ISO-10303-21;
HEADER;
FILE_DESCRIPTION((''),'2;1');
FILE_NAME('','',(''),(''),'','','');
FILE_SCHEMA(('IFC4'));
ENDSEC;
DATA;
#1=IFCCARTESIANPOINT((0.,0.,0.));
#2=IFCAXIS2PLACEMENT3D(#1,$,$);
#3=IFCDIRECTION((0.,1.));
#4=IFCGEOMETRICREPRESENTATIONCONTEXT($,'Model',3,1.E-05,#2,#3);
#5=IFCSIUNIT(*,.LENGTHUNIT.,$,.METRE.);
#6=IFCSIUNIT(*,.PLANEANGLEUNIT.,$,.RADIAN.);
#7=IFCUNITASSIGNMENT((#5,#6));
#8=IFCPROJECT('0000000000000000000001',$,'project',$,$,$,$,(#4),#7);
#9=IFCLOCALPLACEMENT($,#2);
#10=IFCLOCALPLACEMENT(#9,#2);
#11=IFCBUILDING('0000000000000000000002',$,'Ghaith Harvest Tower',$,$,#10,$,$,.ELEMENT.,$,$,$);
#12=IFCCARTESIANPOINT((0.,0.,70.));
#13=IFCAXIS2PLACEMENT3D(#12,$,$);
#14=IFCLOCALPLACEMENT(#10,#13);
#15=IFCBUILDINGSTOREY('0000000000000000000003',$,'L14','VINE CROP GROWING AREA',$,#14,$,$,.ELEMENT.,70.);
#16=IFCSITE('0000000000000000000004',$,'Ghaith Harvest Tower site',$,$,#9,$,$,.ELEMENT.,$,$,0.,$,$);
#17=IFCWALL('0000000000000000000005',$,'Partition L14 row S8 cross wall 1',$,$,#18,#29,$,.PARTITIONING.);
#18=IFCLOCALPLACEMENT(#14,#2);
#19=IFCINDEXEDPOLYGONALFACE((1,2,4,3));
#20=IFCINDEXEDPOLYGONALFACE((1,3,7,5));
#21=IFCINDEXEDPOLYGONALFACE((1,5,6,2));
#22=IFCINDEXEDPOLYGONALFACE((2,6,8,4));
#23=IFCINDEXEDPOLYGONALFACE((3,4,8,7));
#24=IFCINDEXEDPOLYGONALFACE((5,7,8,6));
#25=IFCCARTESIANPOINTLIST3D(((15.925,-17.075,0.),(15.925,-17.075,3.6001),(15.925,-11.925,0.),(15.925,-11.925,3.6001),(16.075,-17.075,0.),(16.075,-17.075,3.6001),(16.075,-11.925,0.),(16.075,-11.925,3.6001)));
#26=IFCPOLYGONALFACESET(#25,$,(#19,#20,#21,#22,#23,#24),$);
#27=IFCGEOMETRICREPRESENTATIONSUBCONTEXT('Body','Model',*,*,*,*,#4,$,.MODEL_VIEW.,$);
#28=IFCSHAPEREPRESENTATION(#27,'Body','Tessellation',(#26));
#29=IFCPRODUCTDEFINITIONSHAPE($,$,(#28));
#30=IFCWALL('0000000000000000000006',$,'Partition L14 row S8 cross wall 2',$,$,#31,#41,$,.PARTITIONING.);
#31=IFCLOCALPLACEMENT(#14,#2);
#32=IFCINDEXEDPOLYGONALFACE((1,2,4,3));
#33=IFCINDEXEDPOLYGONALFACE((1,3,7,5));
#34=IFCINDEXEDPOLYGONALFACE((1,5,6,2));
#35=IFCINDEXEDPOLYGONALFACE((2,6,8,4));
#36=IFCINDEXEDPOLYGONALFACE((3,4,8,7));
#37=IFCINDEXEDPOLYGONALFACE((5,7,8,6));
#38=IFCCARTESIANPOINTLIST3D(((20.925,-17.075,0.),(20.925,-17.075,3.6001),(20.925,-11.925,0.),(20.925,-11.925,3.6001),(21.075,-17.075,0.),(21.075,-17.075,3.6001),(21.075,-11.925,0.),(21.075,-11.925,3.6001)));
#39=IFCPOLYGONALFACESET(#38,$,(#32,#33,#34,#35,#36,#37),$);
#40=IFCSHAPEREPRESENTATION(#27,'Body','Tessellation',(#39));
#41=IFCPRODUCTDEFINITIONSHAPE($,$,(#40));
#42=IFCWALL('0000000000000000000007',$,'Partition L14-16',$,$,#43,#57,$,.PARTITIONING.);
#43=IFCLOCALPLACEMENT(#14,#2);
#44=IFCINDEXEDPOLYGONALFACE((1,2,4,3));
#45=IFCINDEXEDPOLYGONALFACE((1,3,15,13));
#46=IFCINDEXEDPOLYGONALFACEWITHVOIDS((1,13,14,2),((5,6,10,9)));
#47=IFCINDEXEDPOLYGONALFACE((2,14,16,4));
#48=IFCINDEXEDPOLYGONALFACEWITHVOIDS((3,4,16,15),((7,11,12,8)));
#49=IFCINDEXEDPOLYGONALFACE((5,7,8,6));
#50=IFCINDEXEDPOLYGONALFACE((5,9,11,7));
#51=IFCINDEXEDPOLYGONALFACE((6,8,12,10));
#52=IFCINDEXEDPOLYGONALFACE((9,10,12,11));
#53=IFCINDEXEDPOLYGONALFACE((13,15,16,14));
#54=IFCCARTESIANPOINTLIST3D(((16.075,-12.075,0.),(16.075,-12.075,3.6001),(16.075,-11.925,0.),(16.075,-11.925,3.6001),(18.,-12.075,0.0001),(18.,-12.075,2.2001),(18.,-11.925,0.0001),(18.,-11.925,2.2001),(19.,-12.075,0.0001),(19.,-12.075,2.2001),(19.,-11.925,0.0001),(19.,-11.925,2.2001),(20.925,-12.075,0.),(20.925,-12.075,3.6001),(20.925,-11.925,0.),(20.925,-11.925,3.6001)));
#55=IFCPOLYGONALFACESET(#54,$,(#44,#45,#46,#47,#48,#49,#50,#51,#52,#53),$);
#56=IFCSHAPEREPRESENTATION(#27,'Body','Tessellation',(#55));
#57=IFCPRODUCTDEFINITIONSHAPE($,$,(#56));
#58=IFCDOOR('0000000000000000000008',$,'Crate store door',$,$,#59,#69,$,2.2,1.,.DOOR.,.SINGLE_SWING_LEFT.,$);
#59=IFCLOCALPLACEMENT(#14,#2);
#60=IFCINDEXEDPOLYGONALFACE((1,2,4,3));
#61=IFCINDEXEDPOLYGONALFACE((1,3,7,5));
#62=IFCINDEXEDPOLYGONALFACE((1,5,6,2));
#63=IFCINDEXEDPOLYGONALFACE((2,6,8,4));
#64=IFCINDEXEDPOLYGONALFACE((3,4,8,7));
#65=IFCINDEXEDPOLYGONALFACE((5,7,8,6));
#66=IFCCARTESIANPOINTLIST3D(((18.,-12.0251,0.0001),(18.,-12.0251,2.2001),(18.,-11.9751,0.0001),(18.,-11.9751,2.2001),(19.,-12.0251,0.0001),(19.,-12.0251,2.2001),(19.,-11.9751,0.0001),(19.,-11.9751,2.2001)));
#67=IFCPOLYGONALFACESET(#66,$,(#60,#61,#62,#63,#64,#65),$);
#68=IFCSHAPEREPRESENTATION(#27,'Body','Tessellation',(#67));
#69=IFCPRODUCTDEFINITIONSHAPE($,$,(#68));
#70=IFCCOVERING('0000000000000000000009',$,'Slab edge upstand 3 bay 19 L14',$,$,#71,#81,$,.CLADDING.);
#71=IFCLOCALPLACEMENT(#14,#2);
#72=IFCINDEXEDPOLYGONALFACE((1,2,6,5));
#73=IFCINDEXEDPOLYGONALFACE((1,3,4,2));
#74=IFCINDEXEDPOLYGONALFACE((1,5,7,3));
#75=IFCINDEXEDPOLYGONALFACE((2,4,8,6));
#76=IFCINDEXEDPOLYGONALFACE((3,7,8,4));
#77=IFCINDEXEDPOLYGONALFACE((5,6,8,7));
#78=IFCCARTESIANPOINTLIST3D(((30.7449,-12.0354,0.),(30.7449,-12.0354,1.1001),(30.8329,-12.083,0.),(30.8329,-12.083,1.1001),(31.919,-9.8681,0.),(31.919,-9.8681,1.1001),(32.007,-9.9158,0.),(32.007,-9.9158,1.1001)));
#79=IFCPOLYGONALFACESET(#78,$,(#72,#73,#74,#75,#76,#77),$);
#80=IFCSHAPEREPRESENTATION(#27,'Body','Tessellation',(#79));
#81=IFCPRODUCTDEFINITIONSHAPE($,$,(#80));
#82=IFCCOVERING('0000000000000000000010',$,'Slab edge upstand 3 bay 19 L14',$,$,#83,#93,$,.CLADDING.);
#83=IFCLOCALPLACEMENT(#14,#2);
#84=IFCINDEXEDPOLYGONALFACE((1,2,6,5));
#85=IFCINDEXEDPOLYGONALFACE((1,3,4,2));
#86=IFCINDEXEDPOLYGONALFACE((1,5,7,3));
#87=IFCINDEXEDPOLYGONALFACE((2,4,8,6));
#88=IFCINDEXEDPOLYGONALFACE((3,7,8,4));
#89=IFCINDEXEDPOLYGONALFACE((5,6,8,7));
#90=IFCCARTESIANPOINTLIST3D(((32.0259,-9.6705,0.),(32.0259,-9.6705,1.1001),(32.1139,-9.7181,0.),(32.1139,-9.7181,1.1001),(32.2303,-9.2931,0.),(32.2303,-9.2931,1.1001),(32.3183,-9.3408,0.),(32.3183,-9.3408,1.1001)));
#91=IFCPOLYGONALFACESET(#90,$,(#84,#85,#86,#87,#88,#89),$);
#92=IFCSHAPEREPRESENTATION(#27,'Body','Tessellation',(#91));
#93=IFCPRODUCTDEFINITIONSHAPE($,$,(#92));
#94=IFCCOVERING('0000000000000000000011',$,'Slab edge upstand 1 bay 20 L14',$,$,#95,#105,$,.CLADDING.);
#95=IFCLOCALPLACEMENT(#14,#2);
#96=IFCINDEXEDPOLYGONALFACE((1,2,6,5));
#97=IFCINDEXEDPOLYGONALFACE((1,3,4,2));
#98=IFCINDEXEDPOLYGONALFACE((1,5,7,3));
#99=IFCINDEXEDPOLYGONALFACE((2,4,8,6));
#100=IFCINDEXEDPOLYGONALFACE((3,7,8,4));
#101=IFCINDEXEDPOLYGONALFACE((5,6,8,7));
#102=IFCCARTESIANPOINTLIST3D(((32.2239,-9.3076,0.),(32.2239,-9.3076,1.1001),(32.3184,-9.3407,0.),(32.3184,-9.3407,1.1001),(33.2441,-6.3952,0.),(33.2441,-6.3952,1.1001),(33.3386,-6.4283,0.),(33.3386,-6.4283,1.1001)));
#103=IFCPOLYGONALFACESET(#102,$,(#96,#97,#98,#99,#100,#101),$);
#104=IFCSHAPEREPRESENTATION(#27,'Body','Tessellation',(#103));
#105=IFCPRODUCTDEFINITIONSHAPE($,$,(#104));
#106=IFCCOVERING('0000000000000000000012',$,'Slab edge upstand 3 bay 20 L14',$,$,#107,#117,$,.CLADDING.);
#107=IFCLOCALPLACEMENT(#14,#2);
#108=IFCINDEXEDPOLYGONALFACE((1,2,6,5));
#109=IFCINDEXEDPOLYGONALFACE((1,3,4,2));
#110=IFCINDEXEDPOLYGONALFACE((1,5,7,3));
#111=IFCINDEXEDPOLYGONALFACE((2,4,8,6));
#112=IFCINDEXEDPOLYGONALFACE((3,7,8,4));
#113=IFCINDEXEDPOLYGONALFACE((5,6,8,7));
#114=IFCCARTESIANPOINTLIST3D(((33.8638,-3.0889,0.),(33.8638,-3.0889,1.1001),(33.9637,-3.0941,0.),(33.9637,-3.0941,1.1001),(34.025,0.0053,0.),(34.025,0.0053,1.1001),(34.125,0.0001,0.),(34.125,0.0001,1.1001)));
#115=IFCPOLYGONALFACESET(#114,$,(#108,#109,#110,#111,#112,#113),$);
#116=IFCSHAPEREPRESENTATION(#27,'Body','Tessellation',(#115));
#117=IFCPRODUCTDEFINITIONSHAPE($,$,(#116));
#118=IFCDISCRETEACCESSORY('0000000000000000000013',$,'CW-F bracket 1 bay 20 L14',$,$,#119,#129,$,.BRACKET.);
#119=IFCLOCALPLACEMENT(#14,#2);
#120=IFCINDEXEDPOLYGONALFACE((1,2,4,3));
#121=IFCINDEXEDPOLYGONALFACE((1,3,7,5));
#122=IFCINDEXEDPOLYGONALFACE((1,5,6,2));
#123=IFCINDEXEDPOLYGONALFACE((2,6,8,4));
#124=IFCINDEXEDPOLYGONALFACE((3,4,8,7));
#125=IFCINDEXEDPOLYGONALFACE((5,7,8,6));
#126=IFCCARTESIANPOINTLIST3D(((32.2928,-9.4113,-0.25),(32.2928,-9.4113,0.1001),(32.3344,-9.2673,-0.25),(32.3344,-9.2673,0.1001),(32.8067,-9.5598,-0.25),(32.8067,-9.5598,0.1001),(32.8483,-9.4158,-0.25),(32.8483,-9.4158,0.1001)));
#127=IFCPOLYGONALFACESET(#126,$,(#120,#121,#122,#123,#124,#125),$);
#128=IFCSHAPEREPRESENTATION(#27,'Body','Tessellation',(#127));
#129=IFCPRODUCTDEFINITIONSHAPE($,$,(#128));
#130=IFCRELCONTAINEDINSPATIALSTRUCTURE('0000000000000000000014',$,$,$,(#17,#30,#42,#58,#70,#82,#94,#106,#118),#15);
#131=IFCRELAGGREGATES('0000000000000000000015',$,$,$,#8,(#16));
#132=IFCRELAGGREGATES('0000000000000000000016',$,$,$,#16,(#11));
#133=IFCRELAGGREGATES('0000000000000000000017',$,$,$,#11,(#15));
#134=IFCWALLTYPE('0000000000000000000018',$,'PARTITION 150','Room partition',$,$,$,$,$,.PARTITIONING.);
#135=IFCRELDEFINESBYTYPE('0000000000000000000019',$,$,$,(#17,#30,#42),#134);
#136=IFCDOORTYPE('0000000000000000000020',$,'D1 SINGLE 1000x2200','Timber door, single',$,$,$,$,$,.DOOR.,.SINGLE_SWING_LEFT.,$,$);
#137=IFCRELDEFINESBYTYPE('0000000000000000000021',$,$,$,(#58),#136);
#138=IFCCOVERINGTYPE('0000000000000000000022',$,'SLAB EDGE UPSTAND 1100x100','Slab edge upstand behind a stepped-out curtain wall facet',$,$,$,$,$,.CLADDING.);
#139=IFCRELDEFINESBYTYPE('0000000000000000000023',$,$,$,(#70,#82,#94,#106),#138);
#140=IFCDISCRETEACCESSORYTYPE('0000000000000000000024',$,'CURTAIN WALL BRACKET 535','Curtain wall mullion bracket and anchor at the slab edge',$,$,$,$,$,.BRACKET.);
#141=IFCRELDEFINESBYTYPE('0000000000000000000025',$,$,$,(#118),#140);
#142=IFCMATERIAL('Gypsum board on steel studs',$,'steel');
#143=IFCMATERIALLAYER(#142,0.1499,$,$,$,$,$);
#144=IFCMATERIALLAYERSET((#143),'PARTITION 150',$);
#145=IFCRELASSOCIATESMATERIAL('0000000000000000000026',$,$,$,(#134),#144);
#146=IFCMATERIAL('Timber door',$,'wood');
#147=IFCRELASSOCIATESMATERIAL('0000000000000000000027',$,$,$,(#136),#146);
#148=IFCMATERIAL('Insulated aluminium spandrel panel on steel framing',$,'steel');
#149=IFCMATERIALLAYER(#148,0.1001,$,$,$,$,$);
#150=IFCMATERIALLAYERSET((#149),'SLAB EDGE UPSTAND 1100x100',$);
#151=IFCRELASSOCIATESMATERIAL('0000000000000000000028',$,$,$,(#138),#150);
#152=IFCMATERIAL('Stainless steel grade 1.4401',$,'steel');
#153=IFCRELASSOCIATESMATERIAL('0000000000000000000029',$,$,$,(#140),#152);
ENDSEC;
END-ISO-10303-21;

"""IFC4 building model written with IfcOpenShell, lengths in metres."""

from ifc_helpers import new_model, si_unit, direction, frame, frame_2d, origin, origin_2d, place, context, subcontext, project, spatial, rectangle, extrude, material, layer, layer_set, type_object, element, fill, save


model = new_model("IFC4")

# Units and contexts
model_context = context("Model", 3, precision=1e-05, world=origin(), true_north=direction((0.0, 1.0)))
body_context = subcontext(model_context, "Body", "Model", "MODEL_VIEW")
ifc_project = project(units=[si_unit("LENGTHUNIT", "METRE"), si_unit("PLANEANGLEUNIT", "RADIAN")], contexts=[model_context])

# Site, building, storey
site_placement = place(None, origin())
site = spatial("IfcSite", under=ifc_project, at=site_placement, Name="Ghaith Harvest Tower site", CompositionType="ELEMENT", RefElevation=0.0)
building_placement = place(site_placement, origin())
building = spatial("IfcBuilding", under=site, at=building_placement, Name="Ghaith Harvest Tower", CompositionType="ELEMENT")
storey_placement = place(building_placement, frame((0.0, 0.0, 70.0)))
storey = spatial("IfcBuildingStorey", under=building, at=storey_placement, Name="L14", Description="VINE CROP GROWING AREA", CompositionType="ELEMENT", Elevation=70.0)

# Shared definitions
ifc_material_1 = material(Name="Gypsum board on steel studs", Category="steel")
ifc_layer_1 = layer(ifc_material_1, 0.1499)
ifc_layer_set_1 = layer_set([ifc_layer_1], Name="PARTITION 150")
wall_type = type_object("IfcWallType", Name="PARTITION 150", Description="Room partition", PredefinedType="PARTITIONING", material=ifc_layer_set_1)

# Walls
for number, where, z_axis, x_axis, name in (
    (1, (16.0, -11.925, 0.0), (0.0, 0.0, 1.0), (0.0, -1.0, 0.0), "Partition L14 row S8 cross wall 1"),
    (2, (21.0, -11.925, 0.0), (0.0, 0.0, 1.0), (0.0, -1.0, 0.0), "Partition L14 row S8 cross wall 2"),
):
    element("IfcWall", number, at=place(storey_placement, frame(where, z_axis=z_axis, x_axis=x_axis)), inside=storey, type_object=wall_type, Name=name, PredefinedType="PARTITIONING", context=body_context, shape_type="SweptSolid", body=[
        extrude(rectangle(XDim=5.1499, YDim=0.1499, at=frame_2d((2.575, 0.0))), origin(), (0.0, 0.0, 1.0), 3.6001),
    ])

# Wall, opening, door
wall_1_placement = place(storey_placement, frame((16.075, -12.0, 0.0), z_axis=(0.0, 0.0, 1.0), x_axis=(1.0, 0.0, 0.0)))
wall_1 = element("IfcWall", 3, at=wall_1_placement, inside=storey, type_object=wall_type, Name="Partition L14-16", PredefinedType="PARTITIONING", context=body_context, shape_type="SweptSolid", body=[
    extrude(rectangle(XDim=4.8501, YDim=0.1499, at=frame_2d((2.425, 0.0))), origin(), (0.0, 0.0, 1.0), 3.6001),
])
opening_1_placement = place(wall_1_placement, frame((1.925, 0.0, 0.0)))
opening_1 = element("IfcOpeningElement", 4, at=opening_1_placement, cuts=wall_1, PredefinedType="OPENING", context=body_context, shape_type="SweptSolid", body=[
    extrude(rectangle(XDim=1.0, YDim=2.2, at=frame_2d((0.5, 1.1001))), frame((0.0, 0.085, 0.0), z_axis=(0.0, -1.0, 0.0), x_axis=(1.0, 0.0, 0.0)), (0.0, 0.0, 1.0), 0.1699),
])
ifc_material_2 = material(Name="Timber door", Category="wood")
door_type_1 = type_object("IfcDoorType", Name="D1 SINGLE 1000x2200", Description="Timber door, single", OperationType="SINGLE_SWING_LEFT", PredefinedType="DOOR", material=ifc_material_2)
door_1_placement = place(opening_1_placement, origin())
door_1 = element("IfcDoor", 5, at=door_1_placement, inside=storey, type_object=door_type_1, Name="Crate store door", OperationType="SINGLE_SWING_LEFT", OverallHeight=2.2, OverallWidth=1.0, PredefinedType="DOOR", context=body_context, shape_type="SweptSolid", body=[
    extrude(rectangle(XDim=1.0, YDim=2.2, at=frame_2d((0.5, 1.1001))), frame((0.0, 0.0249, 0.0), z_axis=(0.0, -1.0, 0.0), x_axis=(1.0, 0.0, 0.0)), (0.0, 0.0, 1.0), 0.05),
])
fill(opening_1, door_1)

# Coverings
ifc_material_3 = material(Name="Insulated aluminium spandrel panel on steel framing", Category="steel")
ifc_layer_2 = layer(ifc_material_3, 0.1001)
ifc_layer_set_2 = layer_set([ifc_layer_2], Name="SLAB EDGE UPSTAND 1100x100")
covering_type = type_object("IfcCoveringType", Name="SLAB EDGE UPSTAND 1100x100", Description="Slab edge upstand behind a stepped-out curtain wall facet", PredefinedType="CLADDING", material=ifc_layer_set_2)
covering_1_placement = place(storey_placement, frame((31.376, -10.9756, 0.0), z_axis=(0.0, 0.0, 1.0), x_axis=(0.476349, 0.879256, 0.0)))
element("IfcCovering", 6, at=covering_1_placement, inside=storey, type_object=covering_type, Name="Slab edge upstand 3 bay 19 L14", PredefinedType="CLADDING", context=body_context, shape_type="SweptSolid", body=[
    extrude(rectangle(XDim=2.4648, YDim=0.1001, at=origin_2d()), origin(), (0.0, 0.0, 1.0), 1.1001),
])
covering_2_placement = place(storey_placement, frame((32.1721, -9.5056, 0.0), z_axis=(0.0, 0.0, 1.0), x_axis=(0.476349, 0.879256, 0.0)))
element("IfcCovering", 7, at=covering_2_placement, inside=storey, type_object=covering_type, Name="Slab edge upstand 3 bay 19 L14", PredefinedType="CLADDING", context=body_context, shape_type="SweptSolid", body=[
    extrude(rectangle(XDim=0.4292, YDim=0.1001, at=origin_2d()), origin(), (0.0, 0.0, 1.0), 1.1001),
])
covering_3_placement = place(storey_placement, frame((32.7812, -7.8679, 0.0), z_axis=(0.0, 0.0, 1.0), x_axis=(0.330598, 0.943772, 0.0)))
element("IfcCovering", 8, at=covering_3_placement, inside=storey, type_object=covering_type, Name="Slab edge upstand 1 bay 20 L14", PredefinedType="CLADDING", context=body_context, shape_type="SweptSolid", body=[
    extrude(rectangle(XDim=3.0859, YDim=0.1001, at=origin_2d()), origin(), (0.0, 0.0, 1.0), 1.1001),
])
covering_4_placement = place(storey_placement, frame((33.9944, -1.5444, 0.0), z_axis=(0.0, 0.0, 1.0), x_axis=(0.052049, 0.998645, 0.0)))
element("IfcCovering", 9, at=covering_4_placement, inside=storey, type_object=covering_type, Name="Slab edge upstand 3 bay 20 L14", PredefinedType="CLADDING", context=body_context, shape_type="SweptSolid", body=[
    extrude(rectangle(XDim=3.0984, YDim=0.1001, at=origin_2d()), origin(), (0.0, 0.0, 1.0), 1.1001),
])

# Discrete accessory
ifc_material_4 = material(Name="Stainless steel grade 1.4401", Category="steel")
discrete_accessory_type = type_object("IfcDiscreteAccessoryType", Name="CURTAIN WALL BRACKET 535", Description="Curtain wall mullion bracket and anchor at the slab edge", PredefinedType="BRACKET", material=ifc_material_4)
discrete_accessory_placement = place(storey_placement, frame((32.5706, -9.4136, -0.25), z_axis=(0.0, 0.0, 1.0), x_axis=(0.96068, -0.277657, 0.0)))
element("IfcDiscreteAccessory", 10, at=discrete_accessory_placement, inside=storey, type_object=discrete_accessory_type, Name="CW-F bracket 1 bay 20 L14", PredefinedType="BRACKET", context=body_context, shape_type="SweptSolid", body=[
    extrude(rectangle(XDim=0.5349, YDim=0.1499, at=origin_2d()), origin(), (0.0, 0.0, 1.0), 0.3501),
])

save(model, "model.ifc")
